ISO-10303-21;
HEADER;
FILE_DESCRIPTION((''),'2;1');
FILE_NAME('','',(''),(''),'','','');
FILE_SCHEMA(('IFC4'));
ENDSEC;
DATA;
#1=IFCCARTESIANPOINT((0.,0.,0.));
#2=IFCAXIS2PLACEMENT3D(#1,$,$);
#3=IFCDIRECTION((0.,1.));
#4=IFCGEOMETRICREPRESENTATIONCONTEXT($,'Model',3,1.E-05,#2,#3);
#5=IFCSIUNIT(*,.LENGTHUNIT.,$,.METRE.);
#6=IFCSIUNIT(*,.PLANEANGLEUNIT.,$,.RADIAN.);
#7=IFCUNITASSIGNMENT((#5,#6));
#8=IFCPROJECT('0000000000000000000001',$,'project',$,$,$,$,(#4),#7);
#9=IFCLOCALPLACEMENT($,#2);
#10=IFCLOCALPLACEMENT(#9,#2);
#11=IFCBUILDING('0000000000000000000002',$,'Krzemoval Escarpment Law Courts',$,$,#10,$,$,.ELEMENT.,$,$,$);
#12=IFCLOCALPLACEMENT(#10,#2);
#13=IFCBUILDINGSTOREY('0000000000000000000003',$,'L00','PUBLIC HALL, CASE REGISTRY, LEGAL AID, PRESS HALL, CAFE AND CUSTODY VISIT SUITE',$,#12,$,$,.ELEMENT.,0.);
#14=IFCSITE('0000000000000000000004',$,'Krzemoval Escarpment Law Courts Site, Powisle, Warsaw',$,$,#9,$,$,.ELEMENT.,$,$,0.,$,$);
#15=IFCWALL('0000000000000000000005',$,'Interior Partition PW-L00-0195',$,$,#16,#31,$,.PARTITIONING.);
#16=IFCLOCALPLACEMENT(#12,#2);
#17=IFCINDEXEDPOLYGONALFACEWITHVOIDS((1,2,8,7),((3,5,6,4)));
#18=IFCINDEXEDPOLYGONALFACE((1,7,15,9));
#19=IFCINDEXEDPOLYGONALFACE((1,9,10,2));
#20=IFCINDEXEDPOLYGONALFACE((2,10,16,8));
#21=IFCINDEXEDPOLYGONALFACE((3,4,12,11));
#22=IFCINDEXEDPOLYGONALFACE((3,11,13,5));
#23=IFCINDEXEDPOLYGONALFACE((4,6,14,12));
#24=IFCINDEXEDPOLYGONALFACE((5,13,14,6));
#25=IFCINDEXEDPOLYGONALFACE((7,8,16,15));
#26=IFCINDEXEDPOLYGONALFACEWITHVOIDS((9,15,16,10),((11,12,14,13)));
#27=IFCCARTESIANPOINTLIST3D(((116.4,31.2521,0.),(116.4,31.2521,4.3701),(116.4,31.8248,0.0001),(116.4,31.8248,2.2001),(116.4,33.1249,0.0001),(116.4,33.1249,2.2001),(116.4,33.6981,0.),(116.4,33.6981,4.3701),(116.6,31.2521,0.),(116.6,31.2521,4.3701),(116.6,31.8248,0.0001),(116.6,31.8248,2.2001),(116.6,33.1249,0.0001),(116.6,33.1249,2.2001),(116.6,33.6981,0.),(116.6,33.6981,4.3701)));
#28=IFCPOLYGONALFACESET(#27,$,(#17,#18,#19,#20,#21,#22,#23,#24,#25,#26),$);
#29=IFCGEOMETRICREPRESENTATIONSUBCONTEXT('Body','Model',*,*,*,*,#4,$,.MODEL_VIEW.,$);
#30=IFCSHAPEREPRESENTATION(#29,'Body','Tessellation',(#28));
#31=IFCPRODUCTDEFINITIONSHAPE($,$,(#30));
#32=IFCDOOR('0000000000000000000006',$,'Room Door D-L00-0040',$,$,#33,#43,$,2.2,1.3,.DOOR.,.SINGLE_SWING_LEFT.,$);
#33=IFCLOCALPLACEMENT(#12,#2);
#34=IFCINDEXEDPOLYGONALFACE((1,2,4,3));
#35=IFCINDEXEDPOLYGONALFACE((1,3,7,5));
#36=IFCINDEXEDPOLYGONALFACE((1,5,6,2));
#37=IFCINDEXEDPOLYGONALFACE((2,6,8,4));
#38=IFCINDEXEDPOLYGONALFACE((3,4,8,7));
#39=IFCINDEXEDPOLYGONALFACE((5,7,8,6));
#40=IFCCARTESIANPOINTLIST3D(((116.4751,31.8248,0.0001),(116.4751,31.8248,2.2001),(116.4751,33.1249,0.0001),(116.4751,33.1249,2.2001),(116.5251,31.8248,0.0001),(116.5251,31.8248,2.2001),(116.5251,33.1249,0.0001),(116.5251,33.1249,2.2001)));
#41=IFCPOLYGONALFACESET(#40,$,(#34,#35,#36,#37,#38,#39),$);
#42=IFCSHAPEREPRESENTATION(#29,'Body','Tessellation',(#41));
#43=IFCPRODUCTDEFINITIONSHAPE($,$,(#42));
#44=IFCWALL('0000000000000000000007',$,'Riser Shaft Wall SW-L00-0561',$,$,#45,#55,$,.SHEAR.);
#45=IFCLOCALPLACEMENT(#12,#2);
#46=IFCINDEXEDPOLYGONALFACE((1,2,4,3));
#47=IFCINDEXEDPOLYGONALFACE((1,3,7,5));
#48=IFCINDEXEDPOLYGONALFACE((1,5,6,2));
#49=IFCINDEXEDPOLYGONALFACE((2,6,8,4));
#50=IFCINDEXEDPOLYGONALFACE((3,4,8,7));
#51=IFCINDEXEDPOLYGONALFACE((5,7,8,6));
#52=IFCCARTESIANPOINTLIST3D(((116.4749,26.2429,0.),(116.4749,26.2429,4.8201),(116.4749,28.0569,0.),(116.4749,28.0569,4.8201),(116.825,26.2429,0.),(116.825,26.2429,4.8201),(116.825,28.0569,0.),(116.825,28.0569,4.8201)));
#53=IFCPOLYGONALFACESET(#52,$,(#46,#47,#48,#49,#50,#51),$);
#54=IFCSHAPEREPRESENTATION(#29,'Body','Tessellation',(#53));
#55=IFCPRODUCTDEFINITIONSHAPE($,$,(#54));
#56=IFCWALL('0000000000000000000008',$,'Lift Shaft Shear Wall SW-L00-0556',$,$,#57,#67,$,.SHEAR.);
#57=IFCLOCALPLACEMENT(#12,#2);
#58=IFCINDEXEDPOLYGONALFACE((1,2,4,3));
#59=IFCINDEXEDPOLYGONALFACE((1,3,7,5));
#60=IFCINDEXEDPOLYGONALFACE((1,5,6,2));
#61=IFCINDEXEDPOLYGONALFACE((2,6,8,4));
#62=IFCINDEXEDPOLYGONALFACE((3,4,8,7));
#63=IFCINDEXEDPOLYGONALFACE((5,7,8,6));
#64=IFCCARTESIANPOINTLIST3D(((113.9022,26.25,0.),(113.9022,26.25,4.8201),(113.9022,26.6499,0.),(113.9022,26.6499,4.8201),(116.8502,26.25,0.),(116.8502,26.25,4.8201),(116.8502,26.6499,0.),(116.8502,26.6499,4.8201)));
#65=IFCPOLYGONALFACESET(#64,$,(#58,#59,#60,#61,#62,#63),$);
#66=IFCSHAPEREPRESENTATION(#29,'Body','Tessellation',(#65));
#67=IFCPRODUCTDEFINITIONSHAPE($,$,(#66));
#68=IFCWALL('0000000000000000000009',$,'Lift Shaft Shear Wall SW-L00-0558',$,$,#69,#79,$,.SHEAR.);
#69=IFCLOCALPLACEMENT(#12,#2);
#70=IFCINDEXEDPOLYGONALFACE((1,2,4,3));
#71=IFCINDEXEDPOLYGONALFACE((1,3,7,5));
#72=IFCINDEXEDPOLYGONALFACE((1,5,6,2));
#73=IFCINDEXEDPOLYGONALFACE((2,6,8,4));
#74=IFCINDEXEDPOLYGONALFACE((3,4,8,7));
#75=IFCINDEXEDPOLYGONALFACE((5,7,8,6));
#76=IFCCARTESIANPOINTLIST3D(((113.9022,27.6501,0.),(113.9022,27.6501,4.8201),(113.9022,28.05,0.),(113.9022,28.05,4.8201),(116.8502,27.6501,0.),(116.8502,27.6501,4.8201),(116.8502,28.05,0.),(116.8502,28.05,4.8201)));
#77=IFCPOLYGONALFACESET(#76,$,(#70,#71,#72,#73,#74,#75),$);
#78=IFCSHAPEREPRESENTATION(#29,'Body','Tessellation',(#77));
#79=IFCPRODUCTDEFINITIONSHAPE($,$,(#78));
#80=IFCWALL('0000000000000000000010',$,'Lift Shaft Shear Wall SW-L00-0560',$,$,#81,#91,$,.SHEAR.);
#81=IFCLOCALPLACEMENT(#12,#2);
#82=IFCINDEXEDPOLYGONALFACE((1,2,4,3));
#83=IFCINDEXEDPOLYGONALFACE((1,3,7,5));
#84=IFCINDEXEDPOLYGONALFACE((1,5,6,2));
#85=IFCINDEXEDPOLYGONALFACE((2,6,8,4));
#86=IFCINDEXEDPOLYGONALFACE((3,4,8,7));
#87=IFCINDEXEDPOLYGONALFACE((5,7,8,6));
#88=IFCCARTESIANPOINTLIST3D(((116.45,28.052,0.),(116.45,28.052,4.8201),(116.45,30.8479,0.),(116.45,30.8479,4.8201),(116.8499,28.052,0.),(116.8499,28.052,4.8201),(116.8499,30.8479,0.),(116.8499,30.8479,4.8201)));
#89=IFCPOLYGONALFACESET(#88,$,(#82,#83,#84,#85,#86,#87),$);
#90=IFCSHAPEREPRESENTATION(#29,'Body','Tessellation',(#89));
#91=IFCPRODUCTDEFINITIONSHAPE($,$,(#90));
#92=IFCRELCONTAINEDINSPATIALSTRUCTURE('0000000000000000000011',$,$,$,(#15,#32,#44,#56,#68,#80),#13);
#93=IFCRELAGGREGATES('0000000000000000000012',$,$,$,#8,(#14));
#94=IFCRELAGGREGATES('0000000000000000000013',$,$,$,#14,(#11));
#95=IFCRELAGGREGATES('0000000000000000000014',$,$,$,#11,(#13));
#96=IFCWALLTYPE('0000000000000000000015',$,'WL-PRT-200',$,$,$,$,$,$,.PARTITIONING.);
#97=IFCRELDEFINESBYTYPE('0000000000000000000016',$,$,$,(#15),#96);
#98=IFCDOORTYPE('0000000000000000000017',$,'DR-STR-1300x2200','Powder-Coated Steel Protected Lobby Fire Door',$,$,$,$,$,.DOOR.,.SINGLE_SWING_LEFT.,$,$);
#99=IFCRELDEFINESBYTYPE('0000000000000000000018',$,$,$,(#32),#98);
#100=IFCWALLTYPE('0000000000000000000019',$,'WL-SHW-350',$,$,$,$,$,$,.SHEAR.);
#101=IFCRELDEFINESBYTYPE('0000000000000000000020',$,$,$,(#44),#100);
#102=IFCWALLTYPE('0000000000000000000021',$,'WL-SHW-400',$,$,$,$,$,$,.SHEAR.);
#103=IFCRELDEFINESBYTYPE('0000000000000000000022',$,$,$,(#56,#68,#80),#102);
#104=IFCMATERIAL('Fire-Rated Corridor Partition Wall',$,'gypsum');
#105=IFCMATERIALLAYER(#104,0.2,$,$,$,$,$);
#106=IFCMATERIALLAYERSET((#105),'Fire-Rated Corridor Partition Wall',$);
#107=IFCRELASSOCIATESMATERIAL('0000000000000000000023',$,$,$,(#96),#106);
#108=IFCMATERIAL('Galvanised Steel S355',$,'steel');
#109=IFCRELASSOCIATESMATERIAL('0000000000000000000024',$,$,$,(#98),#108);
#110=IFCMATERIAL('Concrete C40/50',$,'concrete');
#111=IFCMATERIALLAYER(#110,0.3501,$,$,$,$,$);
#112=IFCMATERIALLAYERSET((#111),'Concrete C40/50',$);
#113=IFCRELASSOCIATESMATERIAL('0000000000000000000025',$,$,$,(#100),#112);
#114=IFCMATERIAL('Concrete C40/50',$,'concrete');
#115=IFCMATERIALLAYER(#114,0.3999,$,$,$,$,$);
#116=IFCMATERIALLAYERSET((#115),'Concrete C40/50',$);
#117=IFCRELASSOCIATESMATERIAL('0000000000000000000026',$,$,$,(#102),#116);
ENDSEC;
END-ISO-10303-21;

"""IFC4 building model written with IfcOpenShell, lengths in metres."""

from ifc_helpers import new_model, si_unit, direction, frame, frame_2d, origin, place, context, subcontext, project, spatial, rectangle, extrude, material, layer, layer_set, type_object, element, fill, save


model = new_model("IFC4")

# Units and contexts
model_context = context("Model", 3, precision=1e-05, world=origin(), true_north=direction((0.0, 1.0)))
body_context = subcontext(model_context, "Body", "Model", "MODEL_VIEW")
ifc_project = project(units=[si_unit("LENGTHUNIT", "METRE"), si_unit("PLANEANGLEUNIT", "RADIAN")], contexts=[model_context])

# Site, building, storey
site_placement = place(None, origin())
site = spatial("IfcSite", under=ifc_project, at=site_placement, Name="Krzemoval Escarpment Law Courts Site, Powisle, Warsaw", CompositionType="ELEMENT", RefElevation=0.0)
building_placement = place(site_placement, origin())
building = spatial("IfcBuilding", under=site, at=building_placement, Name="Krzemoval Escarpment Law Courts", CompositionType="ELEMENT")
storey_placement = place(building_placement, origin())
storey = spatial("IfcBuildingStorey", under=building, at=storey_placement, Name="L00", Description="PUBLIC HALL, CASE REGISTRY, LEGAL AID, PRESS HALL, CAFE AND CUSTODY VISIT SUITE", CompositionType="ELEMENT", Elevation=0.0)

# Wall, opening, door
ifc_material_1 = material(Name="Fire-Rated Corridor Partition Wall", Category="gypsum")
ifc_layer_1 = layer(ifc_material_1, 0.2)
ifc_layer_set_1 = layer_set([ifc_layer_1], Name="Fire-Rated Corridor Partition Wall")
wall_type_1 = type_object("IfcWallType", Name="WL-PRT-200", PredefinedType="PARTITIONING", material=ifc_layer_set_1)
wall_1_placement = place(storey_placement, frame((116.5, 31.252, 0.0), z_axis=(0.0, 0.0, 1.0), x_axis=(0.0, 1.0, 0.0)))
wall_1 = element("IfcWall", 1, at=wall_1_placement, inside=storey, type_object=wall_type_1, Name="Interior Partition PW-L00-0195", PredefinedType="PARTITIONING", context=body_context, shape_type="SweptSolid", body=[
    extrude(rectangle(XDim=2.446, YDim=0.2, at=frame_2d((1.2231, 0.0))), origin(), (0.0, 0.0, 1.0), 4.3701),
])
opening_1_placement = place(wall_1_placement, frame((0.573, 0.0, 0.0)))
opening_1 = element("IfcOpeningElement", 2, at=opening_1_placement, cuts=wall_1, PredefinedType="OPENING", context=body_context, shape_type="SweptSolid", body=[
    extrude(rectangle(XDim=1.3, YDim=2.2, at=frame_2d((0.6499, 1.1001))), frame((0.0, 0.115, 0.0), z_axis=(0.0, -1.0, 0.0), x_axis=(1.0, 0.0, 0.0)), (0.0, 0.0, 1.0), 0.2299),
])
ifc_material_2 = material(Name="Galvanised Steel S355", Category="steel")
door_type_1 = type_object("IfcDoorType", Name="DR-STR-1300x2200", Description="Powder-Coated Steel Protected Lobby Fire Door", OperationType="SINGLE_SWING_LEFT", PredefinedType="DOOR", material=ifc_material_2)
door_1_placement = place(opening_1_placement, origin())
door_1 = element("IfcDoor", 3, at=door_1_placement, inside=storey, type_object=door_type_1, Name="Room Door D-L00-0040", OperationType="SINGLE_SWING_LEFT", OverallHeight=2.2, OverallWidth=1.3, PredefinedType="DOOR", context=body_context, shape_type="SweptSolid", body=[
    extrude(rectangle(XDim=1.3, YDim=2.2, at=frame_2d((0.6499, 1.1001))), frame((0.0, 0.0249, 0.0), z_axis=(0.0, -1.0, 0.0), x_axis=(1.0, 0.0, 0.0)), (0.0, 0.0, 1.0), 0.05),
])
fill(opening_1, door_1)

# Walls
ifc_material_3 = material(Name="Concrete C40/50", Category="concrete")
ifc_layer_2 = layer(ifc_material_3, 0.3501)
ifc_layer_set_2 = layer_set([ifc_layer_2], Name="Concrete C40/50")
wall_type_2 = type_object("IfcWallType", Name="WL-SHW-350", PredefinedType="SHEAR", material=ifc_layer_set_2)
wall_2_placement = place(storey_placement, frame((116.6499, 26.2429, 0.0), z_axis=(0.0, 0.0, 1.0), x_axis=(0.0, 1.0, 0.0)))
element("IfcWall", 4, at=wall_2_placement, inside=storey, type_object=wall_type_2, Name="Riser Shaft Wall SW-L00-0561", PredefinedType="SHEAR", context=body_context, shape_type="SweptSolid", body=[
    extrude(rectangle(XDim=1.814, YDim=0.3501, at=frame_2d((0.907, 0.0))), origin(), (0.0, 0.0, 1.0), 4.8201),
])
ifc_material_4 = material(Name="Concrete C40/50", Category="concrete")
ifc_layer_3 = layer(ifc_material_4, 0.3999)
ifc_layer_set_3 = layer_set([ifc_layer_3], Name="Concrete C40/50")
wall_type_3 = type_object("IfcWallType", Name="WL-SHW-400", PredefinedType="SHEAR", material=ifc_layer_set_3)
for number, where, z_axis, x_axis, name in (
    (5, (113.9021, 26.45, 0.0), (0.0, 0.0, 1.0), (1.0, 0.0, 0.0), "Lift Shaft Shear Wall SW-L00-0556"),
    (6, (113.9021, 27.8501, 0.0), (0.0, 0.0, 1.0), (1.0, 0.0, 0.0), "Lift Shaft Shear Wall SW-L00-0558"),
):
    element("IfcWall", number, at=place(storey_placement, frame(where, z_axis=z_axis, x_axis=x_axis)), inside=storey, type_object=wall_type_3, Name=name, PredefinedType="SHEAR", context=body_context, shape_type="SweptSolid", body=[
        extrude(rectangle(XDim=2.948, YDim=0.3999, at=frame_2d((1.4741, 0.0))), origin(), (0.0, 0.0, 1.0), 4.8201),
    ])

# Wall
wall_3_placement = place(storey_placement, frame((116.6499, 28.052, 0.0), z_axis=(0.0, 0.0, 1.0), x_axis=(0.0, 1.0, 0.0)))
element("IfcWall", 7, at=wall_3_placement, inside=storey, type_object=wall_type_3, Name="Lift Shaft Shear Wall SW-L00-0560", PredefinedType="SHEAR", context=body_context, shape_type="SweptSolid", body=[
    extrude(rectangle(XDim=2.7959, YDim=0.3999, at=frame_2d((1.3979, 0.0))), origin(), (0.0, 0.0, 1.0), 4.8201),
])

save(model, "model.ifc")
